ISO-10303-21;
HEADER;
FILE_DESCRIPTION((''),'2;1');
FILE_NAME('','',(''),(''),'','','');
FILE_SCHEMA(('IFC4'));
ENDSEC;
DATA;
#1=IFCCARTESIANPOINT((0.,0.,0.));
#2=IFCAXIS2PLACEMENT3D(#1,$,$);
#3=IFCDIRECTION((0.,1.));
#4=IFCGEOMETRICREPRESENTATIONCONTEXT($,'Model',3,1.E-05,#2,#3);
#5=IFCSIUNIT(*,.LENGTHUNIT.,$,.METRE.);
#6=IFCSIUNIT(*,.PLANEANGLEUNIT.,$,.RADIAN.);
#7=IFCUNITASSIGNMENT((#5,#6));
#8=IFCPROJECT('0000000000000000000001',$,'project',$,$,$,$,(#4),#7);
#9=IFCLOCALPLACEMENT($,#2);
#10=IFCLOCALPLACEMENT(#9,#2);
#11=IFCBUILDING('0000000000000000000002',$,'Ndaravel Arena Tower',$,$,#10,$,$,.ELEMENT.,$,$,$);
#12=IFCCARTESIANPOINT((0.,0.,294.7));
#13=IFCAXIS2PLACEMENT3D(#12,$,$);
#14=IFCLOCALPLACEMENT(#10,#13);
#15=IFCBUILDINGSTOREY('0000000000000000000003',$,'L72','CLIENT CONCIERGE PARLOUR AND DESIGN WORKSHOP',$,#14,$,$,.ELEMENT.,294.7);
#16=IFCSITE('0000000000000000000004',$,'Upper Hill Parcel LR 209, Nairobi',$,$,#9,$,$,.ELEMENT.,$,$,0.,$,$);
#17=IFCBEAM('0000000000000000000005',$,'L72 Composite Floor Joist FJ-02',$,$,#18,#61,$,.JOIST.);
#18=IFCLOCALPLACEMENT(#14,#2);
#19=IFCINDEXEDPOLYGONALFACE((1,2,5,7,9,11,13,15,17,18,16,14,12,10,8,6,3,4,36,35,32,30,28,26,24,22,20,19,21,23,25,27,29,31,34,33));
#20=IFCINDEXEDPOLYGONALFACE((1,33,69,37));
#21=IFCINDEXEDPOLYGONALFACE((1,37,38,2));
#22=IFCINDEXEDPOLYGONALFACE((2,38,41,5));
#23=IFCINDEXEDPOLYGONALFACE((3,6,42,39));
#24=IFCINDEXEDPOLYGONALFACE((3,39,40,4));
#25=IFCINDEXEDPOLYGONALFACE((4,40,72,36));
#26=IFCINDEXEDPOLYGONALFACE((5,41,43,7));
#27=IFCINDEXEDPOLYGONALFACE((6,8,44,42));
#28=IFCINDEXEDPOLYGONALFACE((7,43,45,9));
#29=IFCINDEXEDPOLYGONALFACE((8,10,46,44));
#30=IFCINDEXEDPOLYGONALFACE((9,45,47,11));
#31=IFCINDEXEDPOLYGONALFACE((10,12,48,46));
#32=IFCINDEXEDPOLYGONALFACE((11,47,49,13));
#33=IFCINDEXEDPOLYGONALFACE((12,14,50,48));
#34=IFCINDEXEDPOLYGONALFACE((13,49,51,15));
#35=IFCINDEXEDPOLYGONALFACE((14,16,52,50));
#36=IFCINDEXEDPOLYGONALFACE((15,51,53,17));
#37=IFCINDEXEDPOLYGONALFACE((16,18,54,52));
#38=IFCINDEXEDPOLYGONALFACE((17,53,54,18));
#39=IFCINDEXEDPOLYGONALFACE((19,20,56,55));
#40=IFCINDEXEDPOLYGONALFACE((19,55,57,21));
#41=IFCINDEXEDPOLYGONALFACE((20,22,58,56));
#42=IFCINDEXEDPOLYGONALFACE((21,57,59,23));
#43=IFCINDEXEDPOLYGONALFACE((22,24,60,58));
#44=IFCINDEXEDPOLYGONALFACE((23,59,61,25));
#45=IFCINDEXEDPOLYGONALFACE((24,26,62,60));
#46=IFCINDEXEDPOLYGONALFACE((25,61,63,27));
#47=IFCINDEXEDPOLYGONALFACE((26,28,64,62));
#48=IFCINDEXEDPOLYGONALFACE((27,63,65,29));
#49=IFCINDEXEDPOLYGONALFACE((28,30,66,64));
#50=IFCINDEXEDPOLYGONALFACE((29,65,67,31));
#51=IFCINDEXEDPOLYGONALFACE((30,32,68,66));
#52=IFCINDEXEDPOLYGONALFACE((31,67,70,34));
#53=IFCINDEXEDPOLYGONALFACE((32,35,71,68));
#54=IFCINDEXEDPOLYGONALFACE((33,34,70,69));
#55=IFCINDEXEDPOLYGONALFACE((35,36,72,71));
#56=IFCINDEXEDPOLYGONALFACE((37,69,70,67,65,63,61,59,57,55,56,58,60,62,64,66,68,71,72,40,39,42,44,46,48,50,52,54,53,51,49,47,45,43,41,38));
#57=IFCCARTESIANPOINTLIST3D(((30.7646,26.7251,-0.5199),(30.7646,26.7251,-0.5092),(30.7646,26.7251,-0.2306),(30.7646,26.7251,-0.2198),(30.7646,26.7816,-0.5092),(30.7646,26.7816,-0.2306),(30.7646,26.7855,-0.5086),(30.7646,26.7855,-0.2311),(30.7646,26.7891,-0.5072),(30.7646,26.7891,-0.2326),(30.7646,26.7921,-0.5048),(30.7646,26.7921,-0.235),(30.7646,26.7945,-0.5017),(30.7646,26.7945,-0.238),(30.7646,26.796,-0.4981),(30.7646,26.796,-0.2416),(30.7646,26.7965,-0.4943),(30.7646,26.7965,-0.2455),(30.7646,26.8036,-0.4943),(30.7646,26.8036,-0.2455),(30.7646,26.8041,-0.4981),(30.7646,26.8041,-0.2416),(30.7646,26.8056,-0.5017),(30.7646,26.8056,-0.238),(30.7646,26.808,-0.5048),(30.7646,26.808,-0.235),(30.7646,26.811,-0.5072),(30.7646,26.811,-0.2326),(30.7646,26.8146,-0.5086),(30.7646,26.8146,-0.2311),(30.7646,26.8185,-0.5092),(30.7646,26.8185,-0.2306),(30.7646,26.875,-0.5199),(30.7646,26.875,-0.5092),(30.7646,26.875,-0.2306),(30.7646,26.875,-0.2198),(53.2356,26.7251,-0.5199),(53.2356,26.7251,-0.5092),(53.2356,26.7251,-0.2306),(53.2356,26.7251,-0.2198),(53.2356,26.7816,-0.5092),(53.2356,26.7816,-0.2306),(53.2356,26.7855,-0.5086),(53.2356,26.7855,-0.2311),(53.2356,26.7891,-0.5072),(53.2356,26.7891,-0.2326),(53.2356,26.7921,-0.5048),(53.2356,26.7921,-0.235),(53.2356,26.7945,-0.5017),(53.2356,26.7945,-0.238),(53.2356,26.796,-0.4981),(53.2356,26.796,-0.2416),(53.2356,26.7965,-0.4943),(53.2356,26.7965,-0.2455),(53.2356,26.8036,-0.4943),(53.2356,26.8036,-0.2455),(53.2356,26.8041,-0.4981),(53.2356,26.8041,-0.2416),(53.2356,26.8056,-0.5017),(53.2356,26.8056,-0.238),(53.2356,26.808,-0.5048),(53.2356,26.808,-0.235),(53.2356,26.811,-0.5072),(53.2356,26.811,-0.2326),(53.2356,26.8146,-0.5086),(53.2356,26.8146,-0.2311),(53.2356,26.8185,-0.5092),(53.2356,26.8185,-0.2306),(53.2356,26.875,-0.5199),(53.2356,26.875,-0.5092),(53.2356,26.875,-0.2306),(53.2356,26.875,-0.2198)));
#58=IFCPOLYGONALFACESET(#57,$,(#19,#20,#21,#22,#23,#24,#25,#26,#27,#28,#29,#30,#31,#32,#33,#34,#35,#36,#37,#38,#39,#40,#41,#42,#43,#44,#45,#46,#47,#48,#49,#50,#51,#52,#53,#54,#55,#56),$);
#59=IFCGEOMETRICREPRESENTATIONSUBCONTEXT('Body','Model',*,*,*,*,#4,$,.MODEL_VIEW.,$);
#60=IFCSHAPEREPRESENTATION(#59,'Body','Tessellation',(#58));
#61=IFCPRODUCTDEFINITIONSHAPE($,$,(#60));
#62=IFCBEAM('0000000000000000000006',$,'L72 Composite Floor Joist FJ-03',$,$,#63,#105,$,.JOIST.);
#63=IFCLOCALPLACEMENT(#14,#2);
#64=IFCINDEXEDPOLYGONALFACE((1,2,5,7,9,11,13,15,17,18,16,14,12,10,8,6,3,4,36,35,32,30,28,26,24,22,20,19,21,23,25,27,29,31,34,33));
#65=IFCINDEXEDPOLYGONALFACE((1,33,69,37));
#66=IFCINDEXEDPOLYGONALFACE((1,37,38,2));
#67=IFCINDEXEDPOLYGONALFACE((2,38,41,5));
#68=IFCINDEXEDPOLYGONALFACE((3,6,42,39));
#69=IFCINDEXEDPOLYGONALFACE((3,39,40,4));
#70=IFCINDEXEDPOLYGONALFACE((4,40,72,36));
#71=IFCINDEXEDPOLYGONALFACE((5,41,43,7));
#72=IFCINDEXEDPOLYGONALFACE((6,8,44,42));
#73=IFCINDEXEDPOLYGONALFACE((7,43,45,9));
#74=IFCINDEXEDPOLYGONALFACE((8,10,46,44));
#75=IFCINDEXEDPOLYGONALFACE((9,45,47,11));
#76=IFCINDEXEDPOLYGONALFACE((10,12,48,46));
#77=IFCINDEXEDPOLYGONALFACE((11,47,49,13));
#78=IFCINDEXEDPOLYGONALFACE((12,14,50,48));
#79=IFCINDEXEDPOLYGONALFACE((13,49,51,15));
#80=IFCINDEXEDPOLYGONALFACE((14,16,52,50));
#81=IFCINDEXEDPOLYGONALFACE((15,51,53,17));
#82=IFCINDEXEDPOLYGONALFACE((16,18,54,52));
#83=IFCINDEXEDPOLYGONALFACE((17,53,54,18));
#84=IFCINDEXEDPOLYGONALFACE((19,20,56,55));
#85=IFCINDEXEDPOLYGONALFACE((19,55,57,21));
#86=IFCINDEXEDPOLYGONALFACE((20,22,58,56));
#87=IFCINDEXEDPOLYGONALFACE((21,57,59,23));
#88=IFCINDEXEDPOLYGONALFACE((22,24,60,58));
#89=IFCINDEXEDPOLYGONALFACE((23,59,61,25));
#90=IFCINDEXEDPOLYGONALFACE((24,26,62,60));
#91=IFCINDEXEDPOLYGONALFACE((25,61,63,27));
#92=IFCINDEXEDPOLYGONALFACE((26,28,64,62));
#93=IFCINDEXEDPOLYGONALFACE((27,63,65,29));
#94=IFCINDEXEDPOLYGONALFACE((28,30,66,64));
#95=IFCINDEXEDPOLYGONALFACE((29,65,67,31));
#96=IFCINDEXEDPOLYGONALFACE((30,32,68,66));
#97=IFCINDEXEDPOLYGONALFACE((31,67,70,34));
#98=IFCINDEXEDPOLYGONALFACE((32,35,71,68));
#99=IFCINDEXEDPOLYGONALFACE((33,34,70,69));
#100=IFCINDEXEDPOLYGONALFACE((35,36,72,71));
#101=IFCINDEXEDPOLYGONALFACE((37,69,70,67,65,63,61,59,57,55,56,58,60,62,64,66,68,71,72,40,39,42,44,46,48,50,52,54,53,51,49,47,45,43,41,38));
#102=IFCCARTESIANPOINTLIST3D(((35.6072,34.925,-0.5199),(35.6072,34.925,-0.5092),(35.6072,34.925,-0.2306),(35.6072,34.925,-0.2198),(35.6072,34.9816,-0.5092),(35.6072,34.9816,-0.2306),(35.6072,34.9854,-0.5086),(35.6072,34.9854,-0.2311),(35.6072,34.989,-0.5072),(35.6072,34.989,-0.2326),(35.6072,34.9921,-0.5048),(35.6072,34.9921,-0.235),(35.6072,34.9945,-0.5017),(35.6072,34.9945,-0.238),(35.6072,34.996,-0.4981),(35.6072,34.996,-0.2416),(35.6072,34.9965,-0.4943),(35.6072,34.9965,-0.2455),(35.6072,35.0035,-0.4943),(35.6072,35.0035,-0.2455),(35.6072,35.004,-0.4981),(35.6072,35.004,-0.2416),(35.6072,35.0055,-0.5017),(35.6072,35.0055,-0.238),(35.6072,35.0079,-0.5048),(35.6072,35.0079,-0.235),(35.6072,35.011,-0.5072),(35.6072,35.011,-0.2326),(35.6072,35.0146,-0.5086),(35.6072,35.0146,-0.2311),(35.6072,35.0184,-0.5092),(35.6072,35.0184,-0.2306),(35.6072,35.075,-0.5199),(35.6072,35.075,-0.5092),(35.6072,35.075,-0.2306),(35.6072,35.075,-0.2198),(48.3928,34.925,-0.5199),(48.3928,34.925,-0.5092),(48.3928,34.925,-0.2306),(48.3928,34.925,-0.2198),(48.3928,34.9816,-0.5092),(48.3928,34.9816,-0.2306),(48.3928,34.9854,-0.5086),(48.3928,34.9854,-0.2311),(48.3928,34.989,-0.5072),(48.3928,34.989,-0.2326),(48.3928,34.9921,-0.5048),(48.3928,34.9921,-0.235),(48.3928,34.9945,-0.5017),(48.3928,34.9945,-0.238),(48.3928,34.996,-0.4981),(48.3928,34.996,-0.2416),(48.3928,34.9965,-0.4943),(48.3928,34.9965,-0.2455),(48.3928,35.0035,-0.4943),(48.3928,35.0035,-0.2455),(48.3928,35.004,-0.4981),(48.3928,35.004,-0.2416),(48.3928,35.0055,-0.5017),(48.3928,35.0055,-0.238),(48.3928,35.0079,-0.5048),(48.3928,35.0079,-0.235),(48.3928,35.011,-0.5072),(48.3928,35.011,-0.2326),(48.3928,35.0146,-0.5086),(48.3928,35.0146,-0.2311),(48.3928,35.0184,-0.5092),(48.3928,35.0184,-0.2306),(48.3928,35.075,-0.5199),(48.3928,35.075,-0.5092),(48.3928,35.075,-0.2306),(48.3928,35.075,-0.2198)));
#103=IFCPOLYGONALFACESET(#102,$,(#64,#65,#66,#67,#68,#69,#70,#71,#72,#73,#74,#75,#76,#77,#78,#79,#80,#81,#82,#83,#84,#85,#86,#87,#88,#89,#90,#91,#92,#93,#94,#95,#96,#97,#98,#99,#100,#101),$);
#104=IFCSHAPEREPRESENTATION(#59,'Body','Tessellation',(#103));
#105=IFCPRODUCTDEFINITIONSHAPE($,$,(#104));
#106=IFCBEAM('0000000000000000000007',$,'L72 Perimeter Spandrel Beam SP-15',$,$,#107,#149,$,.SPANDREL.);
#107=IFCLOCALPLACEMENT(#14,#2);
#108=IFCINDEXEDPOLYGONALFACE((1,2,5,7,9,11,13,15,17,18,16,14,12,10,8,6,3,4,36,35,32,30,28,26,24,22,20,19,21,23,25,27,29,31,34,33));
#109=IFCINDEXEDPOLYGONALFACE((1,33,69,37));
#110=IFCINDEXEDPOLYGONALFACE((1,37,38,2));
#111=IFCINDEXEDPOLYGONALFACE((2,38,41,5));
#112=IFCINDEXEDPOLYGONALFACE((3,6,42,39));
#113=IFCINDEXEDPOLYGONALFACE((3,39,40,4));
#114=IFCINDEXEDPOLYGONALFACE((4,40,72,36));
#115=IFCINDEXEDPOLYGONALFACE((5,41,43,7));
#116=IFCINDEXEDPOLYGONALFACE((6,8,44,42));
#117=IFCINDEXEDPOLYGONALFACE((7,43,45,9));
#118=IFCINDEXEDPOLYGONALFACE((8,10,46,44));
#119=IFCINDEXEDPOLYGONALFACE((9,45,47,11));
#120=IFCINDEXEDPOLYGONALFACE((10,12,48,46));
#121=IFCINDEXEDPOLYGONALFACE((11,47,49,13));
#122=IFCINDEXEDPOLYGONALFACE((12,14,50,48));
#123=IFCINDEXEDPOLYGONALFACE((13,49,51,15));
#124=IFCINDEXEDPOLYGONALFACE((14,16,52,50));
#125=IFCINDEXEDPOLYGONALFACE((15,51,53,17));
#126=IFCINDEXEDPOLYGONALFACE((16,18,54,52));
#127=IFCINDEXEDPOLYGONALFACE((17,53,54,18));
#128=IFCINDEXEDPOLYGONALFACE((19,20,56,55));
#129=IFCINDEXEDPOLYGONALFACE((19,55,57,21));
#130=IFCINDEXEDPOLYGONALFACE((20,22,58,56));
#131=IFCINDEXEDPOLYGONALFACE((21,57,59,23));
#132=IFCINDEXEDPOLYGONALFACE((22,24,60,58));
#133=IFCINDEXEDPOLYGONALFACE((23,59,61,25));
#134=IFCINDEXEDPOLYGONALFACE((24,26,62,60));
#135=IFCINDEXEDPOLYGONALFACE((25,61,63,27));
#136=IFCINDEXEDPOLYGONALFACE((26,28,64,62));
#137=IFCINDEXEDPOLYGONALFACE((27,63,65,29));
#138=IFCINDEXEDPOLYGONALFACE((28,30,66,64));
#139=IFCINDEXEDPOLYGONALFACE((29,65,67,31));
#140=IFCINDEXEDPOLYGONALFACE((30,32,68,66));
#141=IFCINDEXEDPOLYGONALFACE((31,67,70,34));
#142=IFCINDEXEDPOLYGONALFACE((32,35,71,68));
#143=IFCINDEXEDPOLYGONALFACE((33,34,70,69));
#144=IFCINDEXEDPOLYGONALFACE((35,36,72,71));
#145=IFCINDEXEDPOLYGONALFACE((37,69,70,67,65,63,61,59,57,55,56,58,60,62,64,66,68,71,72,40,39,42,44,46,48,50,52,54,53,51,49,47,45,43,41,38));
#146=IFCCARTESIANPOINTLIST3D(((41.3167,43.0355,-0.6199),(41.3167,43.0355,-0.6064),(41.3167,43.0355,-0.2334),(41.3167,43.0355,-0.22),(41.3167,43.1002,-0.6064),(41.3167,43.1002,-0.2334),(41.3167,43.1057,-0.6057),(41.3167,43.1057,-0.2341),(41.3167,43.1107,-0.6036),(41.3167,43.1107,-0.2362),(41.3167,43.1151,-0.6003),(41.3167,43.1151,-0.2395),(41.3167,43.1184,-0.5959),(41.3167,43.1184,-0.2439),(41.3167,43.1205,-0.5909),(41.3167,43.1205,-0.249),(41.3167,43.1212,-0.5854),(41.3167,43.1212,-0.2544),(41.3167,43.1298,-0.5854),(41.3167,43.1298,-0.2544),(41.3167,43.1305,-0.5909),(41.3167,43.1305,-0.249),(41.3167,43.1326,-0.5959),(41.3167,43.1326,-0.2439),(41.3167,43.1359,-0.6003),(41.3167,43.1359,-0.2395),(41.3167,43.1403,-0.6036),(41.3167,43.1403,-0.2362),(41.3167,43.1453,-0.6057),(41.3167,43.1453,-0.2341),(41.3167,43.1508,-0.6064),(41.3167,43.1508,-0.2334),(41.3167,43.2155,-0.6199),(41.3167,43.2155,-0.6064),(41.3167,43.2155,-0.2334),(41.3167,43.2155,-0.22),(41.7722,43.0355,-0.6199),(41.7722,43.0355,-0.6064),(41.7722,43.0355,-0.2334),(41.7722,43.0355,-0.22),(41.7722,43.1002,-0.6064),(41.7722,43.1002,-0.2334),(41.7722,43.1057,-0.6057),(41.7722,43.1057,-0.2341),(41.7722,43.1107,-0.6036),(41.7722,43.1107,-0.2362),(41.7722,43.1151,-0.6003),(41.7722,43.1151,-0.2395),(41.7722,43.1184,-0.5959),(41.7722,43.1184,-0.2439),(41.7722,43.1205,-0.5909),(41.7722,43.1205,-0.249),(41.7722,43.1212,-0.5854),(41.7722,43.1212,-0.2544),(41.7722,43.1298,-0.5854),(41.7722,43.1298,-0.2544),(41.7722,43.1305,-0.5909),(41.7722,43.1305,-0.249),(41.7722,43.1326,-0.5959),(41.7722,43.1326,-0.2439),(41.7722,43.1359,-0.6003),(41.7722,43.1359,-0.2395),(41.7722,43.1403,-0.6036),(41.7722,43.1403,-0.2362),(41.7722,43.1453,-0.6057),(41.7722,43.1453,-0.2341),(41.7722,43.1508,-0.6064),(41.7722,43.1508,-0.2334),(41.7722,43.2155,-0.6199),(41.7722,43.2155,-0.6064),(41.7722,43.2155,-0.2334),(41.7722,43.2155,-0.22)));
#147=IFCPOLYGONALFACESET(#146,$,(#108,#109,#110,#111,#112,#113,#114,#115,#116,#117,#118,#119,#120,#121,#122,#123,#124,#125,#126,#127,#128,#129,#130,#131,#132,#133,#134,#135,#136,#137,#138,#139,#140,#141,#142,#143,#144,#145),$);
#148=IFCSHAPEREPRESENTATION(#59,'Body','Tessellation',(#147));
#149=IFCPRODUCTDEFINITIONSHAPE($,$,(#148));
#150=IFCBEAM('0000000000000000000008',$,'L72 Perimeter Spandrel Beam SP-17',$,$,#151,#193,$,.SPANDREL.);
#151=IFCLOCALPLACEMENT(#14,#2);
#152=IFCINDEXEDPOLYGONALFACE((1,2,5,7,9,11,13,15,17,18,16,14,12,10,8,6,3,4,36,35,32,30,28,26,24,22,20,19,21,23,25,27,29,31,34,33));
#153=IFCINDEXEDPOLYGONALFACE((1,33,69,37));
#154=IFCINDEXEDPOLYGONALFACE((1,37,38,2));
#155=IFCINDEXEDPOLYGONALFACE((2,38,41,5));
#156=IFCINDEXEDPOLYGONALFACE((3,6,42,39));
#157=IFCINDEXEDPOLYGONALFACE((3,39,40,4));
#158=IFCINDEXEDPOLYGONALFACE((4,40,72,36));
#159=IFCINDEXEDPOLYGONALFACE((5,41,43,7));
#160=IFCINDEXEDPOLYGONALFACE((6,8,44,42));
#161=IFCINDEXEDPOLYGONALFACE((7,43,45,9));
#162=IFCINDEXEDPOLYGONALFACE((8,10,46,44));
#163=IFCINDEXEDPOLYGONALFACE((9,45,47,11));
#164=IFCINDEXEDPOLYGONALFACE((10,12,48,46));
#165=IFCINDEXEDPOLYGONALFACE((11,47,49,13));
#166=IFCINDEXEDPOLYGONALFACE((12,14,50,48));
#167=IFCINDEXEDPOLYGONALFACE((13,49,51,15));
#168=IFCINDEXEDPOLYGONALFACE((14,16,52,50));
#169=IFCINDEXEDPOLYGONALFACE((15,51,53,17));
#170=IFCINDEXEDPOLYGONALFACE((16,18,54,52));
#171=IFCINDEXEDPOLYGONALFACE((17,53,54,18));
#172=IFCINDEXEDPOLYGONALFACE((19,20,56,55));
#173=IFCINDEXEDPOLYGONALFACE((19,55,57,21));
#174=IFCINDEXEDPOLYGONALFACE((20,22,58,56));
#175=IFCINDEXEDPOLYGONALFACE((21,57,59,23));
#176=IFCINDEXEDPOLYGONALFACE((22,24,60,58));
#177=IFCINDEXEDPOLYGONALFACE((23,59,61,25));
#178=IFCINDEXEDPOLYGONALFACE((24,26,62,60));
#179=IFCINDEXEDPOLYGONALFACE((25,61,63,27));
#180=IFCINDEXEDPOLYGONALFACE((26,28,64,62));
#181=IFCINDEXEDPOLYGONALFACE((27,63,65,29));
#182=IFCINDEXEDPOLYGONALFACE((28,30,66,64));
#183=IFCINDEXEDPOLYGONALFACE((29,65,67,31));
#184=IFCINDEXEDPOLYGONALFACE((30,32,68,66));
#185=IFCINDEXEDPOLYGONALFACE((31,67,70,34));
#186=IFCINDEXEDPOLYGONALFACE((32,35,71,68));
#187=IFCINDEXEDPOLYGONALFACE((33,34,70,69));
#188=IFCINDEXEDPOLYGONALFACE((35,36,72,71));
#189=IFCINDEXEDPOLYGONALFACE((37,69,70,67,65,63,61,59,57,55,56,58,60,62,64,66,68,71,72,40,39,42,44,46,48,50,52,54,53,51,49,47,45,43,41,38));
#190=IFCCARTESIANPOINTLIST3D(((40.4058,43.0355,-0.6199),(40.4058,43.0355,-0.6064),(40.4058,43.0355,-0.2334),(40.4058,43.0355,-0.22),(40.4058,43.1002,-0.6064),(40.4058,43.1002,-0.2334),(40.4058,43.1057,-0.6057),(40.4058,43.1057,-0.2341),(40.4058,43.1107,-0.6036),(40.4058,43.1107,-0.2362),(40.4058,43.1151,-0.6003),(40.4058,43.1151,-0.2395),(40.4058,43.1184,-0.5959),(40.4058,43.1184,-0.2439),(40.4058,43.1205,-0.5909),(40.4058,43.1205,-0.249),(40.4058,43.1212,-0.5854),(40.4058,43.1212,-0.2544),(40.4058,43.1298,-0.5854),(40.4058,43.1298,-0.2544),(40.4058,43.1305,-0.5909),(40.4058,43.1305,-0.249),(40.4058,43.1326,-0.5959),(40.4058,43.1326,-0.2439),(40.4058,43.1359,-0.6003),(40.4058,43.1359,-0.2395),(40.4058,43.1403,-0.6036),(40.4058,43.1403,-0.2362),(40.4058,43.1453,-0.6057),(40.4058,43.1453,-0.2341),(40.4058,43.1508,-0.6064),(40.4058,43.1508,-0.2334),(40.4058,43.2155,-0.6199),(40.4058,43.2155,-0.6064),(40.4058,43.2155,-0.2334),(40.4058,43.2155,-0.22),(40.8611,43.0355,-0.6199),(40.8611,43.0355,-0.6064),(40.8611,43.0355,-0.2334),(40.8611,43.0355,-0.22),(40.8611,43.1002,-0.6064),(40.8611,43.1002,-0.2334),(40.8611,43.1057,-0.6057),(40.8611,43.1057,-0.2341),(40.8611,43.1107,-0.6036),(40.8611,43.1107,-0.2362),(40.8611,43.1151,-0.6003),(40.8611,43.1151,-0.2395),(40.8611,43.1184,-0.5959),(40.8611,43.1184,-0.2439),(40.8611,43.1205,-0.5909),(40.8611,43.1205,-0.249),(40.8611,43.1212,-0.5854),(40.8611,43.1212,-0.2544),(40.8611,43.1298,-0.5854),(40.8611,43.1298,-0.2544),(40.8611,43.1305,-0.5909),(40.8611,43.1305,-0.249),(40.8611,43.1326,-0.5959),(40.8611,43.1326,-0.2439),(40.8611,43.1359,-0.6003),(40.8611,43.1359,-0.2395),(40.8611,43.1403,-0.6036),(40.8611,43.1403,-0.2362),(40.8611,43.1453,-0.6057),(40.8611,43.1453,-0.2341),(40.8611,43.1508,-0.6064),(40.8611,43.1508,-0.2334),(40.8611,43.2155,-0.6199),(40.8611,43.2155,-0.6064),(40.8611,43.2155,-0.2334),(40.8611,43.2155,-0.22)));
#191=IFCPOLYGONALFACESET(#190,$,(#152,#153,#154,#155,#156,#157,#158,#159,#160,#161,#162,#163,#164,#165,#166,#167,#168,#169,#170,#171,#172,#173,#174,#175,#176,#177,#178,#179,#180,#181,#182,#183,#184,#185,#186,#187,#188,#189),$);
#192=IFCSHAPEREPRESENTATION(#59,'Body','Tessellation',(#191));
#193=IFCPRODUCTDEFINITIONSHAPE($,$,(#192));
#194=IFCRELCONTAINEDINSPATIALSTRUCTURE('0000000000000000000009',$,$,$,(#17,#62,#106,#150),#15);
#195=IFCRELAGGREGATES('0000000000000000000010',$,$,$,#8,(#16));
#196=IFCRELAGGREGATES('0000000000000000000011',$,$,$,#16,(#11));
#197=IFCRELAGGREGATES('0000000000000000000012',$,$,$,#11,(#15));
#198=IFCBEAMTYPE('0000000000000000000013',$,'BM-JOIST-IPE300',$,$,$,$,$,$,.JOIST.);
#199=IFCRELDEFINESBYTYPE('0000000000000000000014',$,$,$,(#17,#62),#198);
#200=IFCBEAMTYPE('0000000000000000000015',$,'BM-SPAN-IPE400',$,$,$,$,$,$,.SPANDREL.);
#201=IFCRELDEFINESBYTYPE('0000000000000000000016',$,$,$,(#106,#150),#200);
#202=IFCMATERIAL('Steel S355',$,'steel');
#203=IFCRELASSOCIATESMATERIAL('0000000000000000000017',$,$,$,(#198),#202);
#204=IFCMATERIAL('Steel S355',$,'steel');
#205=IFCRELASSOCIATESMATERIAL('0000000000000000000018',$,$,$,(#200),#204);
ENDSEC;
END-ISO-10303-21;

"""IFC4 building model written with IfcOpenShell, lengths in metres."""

from ifc_helpers import new_model, si_unit, direction, frame, origin, origin_2d, place, context, subcontext, project, spatial, i_section, extrude, material, material_profile, profile_set, type_object, element, save


model = new_model("IFC4")

# Units and contexts
model_context = context("Model", 3, precision=1e-05, world=origin(), true_north=direction((0.0, 1.0)))
body_context = subcontext(model_context, "Body", "Model", "MODEL_VIEW")
ifc_project = project(units=[si_unit("LENGTHUNIT", "METRE"), si_unit("PLANEANGLEUNIT", "RADIAN")], contexts=[model_context])

# Site, building, storey
site_placement = place(None, origin())
site = spatial("IfcSite", under=ifc_project, at=site_placement, Name="Upper Hill Parcel LR 209, Nairobi", CompositionType="ELEMENT", RefElevation=0.0)
building_placement = place(site_placement, origin())
building = spatial("IfcBuilding", under=site, at=building_placement, Name="Ndaravel Arena Tower", CompositionType="ELEMENT")
storey_placement = place(building_placement, frame((0.0, 0.0, 294.7)))
storey = spatial("IfcBuildingStorey", under=building, at=storey_placement, Name="L72", Description="CLIENT CONCIERGE PARLOUR AND DESIGN WORKSHOP", CompositionType="ELEMENT", Elevation=294.7)

# Beams
ifc_material_1 = material(Name="Steel S355", Category="steel")
ifc_material_profile_1 = material_profile(ifc_material_1, i_section(OverallWidth=0.1499, OverallDepth=0.3, WebThickness=0.0071, FlangeThickness=0.0107, FilletRadius=0.0149, at=origin_2d()), Name="IPE 300")
ifc_profile_set_1 = profile_set([ifc_material_profile_1], Name="Steel S355")
beam_type_1 = type_object("IfcBeamType", Name="BM-JOIST-IPE300", PredefinedType="JOIST", material=ifc_profile_set_1)
beam_1_placement = place(storey_placement, frame((30.7646, 26.8, -0.3699), z_axis=(1.0, 0.0, 0.0), x_axis=(0.0, 1.0, 0.0)))
element("IfcBeam", 1, at=beam_1_placement, inside=storey, type_object=beam_type_1, Name="L72 Composite Floor Joist FJ-02", PredefinedType="JOIST", context=body_context, shape_type="SweptSolid", body=[
    extrude(i_section(OverallWidth=0.1499, OverallDepth=0.3, WebThickness=0.0071, FlangeThickness=0.0107, FilletRadius=0.0149, at=origin_2d()), origin(), (0.0, 0.0, 1.0), 22.4709),
])
beam_2_placement = place(storey_placement, frame((35.6072, 35.0, -0.3699), z_axis=(1.0, 0.0, 0.0), x_axis=(0.0, 1.0, 0.0)))
element("IfcBeam", 2, at=beam_2_placement, inside=storey, type_object=beam_type_1, Name="L72 Composite Floor Joist FJ-03", PredefinedType="JOIST", context=body_context, shape_type="SweptSolid", body=[
    extrude(i_section(OverallWidth=0.1499, OverallDepth=0.3, WebThickness=0.0071, FlangeThickness=0.0107, FilletRadius=0.0149, at=origin_2d()), origin(), (0.0, 0.0, 1.0), 12.7856),
])
ifc_material_2 = material(Name="Steel S355", Category="steel")
ifc_material_profile_2 = material_profile(ifc_material_2, i_section(OverallWidth=0.1799, OverallDepth=0.3999, WebThickness=0.0085, FlangeThickness=0.0134, FilletRadius=0.021, at=origin_2d()), Name="IPE 400")
ifc_profile_set_2 = profile_set([ifc_material_profile_2], Name="Steel S355")
beam_type_2 = type_object("IfcBeamType", Name="BM-SPAN-IPE400", PredefinedType="SPANDREL", material=ifc_profile_set_2)
beam_3_placement = place(storey_placement, frame((41.7722, 43.1255, -0.4199), z_axis=(-1.0, 0.0, 0.0), x_axis=(0.0, -1.0, 0.0)))
element("IfcBeam", 3, at=beam_3_placement, inside=storey, type_object=beam_type_2, Name="L72 Perimeter Spandrel Beam SP-15", PredefinedType="SPANDREL", context=body_context, shape_type="SweptSolid", body=[
    extrude(i_section(OverallWidth=0.1799, OverallDepth=0.3999, WebThickness=0.0085, FlangeThickness=0.0134, FilletRadius=0.021, at=origin_2d()), origin(), (0.0, 0.0, 1.0), 0.4556),
])
beam_4_placement = place(storey_placement, frame((40.8611, 43.1255, -0.4199), z_axis=(-1.0, 0.0, 0.0), x_axis=(0.0, -1.0, 0.0)))
element("IfcBeam", 4, at=beam_4_placement, inside=storey, type_object=beam_type_2, Name="L72 Perimeter Spandrel Beam SP-17", PredefinedType="SPANDREL", context=body_context, shape_type="SweptSolid", body=[
    extrude(i_section(OverallWidth=0.1799, OverallDepth=0.3999, WebThickness=0.0085, FlangeThickness=0.0134, FilletRadius=0.021, at=origin_2d()), origin(), (0.0, 0.0, 1.0), 0.4553),
])

save(model, "model.ifc")
